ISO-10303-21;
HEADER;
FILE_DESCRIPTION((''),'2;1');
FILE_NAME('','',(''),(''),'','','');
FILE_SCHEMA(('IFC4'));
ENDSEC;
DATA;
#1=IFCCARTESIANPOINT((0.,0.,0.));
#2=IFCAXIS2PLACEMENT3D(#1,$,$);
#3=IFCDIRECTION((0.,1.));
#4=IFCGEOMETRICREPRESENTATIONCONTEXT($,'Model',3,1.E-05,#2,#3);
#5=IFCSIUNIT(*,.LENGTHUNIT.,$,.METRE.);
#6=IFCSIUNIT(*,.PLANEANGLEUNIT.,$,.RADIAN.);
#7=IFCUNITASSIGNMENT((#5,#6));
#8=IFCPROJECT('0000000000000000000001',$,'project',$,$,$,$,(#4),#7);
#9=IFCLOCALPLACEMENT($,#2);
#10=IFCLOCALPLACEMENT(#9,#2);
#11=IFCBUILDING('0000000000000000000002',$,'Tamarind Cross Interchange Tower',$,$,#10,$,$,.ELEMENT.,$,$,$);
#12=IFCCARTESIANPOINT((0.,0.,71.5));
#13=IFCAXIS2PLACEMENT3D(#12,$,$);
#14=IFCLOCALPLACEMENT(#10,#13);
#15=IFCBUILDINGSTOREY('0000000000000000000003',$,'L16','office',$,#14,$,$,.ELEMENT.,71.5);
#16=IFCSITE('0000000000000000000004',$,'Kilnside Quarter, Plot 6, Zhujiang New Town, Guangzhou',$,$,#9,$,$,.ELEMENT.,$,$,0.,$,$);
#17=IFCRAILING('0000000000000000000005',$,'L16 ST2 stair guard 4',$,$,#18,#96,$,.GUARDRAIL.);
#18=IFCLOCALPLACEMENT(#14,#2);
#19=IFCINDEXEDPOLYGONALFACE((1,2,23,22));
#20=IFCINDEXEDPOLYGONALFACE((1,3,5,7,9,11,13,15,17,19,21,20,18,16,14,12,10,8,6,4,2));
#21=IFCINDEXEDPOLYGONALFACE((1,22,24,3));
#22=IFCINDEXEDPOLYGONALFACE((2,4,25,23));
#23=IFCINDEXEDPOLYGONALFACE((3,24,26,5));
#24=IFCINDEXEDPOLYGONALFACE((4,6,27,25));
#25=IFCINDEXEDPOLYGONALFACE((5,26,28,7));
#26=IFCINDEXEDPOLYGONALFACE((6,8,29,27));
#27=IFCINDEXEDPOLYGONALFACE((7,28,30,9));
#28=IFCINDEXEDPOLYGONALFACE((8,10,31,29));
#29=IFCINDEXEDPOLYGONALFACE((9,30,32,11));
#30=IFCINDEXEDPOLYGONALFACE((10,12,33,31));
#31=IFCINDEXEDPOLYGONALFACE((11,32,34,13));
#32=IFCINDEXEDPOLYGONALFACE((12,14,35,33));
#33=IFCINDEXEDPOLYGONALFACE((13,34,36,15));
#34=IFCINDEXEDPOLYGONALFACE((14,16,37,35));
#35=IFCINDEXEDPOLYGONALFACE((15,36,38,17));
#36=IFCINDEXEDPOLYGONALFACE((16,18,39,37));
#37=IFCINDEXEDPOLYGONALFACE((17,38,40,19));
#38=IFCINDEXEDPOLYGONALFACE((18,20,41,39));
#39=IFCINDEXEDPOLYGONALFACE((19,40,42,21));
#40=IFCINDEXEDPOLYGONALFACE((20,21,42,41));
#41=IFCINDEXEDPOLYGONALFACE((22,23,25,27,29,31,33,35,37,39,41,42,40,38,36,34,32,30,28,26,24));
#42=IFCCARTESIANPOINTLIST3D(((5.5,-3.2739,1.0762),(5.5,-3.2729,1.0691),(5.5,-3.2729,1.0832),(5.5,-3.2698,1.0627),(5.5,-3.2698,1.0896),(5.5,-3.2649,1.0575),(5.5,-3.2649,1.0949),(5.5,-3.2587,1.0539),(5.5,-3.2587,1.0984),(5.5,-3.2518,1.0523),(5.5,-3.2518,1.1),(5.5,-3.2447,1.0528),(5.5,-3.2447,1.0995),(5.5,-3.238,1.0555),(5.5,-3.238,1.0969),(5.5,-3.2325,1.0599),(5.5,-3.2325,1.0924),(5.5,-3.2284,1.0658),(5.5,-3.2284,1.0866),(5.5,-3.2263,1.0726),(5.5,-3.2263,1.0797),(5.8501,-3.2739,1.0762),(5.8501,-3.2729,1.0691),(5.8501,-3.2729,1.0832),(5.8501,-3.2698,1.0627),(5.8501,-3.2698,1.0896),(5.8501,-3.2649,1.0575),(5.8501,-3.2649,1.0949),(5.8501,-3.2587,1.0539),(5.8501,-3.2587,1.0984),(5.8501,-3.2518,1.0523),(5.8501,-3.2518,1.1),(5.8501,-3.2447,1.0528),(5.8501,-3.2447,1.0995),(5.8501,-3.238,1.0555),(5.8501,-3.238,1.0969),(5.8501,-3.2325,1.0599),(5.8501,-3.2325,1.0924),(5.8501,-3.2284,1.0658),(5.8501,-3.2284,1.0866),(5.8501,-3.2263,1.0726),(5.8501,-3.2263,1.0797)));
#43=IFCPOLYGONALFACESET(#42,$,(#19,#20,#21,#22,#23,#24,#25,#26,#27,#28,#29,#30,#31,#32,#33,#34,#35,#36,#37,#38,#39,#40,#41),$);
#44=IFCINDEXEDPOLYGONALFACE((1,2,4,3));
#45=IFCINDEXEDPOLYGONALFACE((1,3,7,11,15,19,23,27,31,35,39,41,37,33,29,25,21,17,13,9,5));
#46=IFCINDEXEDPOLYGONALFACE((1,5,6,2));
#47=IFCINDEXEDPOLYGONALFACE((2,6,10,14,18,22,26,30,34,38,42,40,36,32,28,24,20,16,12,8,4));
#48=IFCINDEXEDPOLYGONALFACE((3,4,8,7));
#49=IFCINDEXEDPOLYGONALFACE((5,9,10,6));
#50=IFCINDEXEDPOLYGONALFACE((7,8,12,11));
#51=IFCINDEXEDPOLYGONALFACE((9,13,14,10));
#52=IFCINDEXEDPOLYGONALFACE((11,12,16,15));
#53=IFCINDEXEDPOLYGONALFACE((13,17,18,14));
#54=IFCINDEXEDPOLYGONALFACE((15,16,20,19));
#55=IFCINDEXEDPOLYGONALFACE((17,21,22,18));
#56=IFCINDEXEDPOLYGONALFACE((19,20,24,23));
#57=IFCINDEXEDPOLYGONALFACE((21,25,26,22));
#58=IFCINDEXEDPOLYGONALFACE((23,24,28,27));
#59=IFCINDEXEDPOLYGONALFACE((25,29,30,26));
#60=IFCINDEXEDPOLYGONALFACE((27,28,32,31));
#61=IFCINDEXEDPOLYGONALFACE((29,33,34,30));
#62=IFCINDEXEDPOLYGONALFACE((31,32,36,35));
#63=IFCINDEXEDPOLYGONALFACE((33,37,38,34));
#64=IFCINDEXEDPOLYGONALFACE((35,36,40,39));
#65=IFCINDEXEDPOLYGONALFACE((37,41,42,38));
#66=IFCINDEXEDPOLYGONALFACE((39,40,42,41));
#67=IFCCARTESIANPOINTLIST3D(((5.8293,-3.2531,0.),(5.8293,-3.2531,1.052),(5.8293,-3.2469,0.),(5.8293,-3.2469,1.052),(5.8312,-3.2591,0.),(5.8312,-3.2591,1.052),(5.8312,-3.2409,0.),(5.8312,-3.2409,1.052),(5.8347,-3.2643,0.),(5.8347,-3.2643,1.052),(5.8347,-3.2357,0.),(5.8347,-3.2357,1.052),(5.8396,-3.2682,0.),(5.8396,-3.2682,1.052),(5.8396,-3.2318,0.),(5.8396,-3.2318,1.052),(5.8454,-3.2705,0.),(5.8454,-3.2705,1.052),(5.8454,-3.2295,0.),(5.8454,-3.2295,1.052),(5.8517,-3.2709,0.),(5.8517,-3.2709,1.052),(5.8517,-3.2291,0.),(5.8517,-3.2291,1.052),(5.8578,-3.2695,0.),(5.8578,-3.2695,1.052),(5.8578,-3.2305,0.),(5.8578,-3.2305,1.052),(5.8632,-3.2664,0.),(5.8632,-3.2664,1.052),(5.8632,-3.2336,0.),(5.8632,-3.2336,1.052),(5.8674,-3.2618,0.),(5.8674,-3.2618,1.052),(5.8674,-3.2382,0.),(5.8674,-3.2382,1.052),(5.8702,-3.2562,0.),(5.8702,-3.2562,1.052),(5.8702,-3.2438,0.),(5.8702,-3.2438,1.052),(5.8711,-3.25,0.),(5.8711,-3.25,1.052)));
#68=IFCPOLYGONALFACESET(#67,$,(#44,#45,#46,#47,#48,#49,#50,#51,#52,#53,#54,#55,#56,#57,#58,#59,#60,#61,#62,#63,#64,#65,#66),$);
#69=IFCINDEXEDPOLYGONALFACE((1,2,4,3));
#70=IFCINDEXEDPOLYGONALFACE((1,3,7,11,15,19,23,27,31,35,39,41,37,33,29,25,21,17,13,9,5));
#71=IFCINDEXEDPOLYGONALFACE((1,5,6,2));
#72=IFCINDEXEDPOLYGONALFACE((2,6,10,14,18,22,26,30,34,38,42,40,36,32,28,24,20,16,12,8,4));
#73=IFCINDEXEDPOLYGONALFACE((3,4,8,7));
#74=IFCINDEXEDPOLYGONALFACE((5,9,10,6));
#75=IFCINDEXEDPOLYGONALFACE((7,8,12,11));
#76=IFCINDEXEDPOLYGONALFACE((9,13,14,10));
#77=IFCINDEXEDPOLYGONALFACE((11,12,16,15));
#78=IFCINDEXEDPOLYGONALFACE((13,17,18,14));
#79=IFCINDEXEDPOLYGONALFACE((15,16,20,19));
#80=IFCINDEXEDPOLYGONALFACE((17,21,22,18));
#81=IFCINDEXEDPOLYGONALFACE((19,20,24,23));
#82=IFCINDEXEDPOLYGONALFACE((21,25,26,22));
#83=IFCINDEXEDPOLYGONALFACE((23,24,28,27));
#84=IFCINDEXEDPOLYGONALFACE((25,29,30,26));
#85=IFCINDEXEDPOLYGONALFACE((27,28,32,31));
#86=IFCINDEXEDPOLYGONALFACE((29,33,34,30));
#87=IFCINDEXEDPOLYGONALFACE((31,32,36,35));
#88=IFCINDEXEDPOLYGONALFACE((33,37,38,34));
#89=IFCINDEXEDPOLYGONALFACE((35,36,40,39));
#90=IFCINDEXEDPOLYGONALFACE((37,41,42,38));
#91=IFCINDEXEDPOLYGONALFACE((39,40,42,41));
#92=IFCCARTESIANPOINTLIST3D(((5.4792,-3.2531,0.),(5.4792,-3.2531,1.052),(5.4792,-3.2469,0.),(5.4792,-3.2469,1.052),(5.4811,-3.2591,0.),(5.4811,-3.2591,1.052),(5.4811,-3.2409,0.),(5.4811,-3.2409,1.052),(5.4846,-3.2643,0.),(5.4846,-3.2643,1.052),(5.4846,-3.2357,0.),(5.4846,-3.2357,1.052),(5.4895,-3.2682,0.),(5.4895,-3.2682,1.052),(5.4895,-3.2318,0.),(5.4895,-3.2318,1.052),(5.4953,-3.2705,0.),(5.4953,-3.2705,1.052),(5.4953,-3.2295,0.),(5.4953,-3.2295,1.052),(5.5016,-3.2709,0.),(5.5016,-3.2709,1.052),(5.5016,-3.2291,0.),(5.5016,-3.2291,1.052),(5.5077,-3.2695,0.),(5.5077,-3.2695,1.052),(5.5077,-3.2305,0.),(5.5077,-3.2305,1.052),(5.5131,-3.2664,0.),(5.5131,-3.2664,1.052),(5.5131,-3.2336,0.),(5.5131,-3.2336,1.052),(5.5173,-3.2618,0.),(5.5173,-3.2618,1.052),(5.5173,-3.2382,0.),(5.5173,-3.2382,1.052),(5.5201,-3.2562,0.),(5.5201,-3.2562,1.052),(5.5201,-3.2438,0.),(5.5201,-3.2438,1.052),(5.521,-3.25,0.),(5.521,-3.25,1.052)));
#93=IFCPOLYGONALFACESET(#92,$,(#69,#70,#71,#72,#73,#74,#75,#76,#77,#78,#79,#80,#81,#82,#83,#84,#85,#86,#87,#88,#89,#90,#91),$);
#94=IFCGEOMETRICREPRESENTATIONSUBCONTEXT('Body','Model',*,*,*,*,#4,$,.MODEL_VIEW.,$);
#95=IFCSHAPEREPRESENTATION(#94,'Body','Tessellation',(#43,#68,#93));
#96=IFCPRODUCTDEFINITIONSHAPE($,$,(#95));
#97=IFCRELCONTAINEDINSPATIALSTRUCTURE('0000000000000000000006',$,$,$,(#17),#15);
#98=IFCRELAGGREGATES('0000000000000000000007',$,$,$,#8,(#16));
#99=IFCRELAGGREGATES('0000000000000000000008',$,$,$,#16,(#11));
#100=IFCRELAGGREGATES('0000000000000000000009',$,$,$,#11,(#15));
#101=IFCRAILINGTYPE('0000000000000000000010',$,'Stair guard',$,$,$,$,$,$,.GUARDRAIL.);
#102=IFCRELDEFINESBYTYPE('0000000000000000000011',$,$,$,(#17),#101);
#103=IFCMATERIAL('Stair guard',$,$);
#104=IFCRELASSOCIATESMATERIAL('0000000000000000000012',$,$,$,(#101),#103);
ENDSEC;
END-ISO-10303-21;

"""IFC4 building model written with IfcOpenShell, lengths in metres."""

from ifc_helpers import new_model, si_unit, direction, frame, origin, origin_2d, place, context, subcontext, project, spatial, circle, extrude, material, type_object, element, save


model = new_model("IFC4")

# Units and contexts
model_context = context("Model", 3, precision=1e-05, world=origin(), true_north=direction((0.0, 1.0)))
body_context = subcontext(model_context, "Body", "Model", "MODEL_VIEW")
ifc_project = project(units=[si_unit("LENGTHUNIT", "METRE"), si_unit("PLANEANGLEUNIT", "RADIAN")], contexts=[model_context])

# Site, building, storey
site_placement = place(None, origin())
site = spatial("IfcSite", under=ifc_project, at=site_placement, Name="Kilnside Quarter, Plot 6, Zhujiang New Town, Guangzhou", CompositionType="ELEMENT", RefElevation=0.0)
building_placement = place(site_placement, origin())
building = spatial("IfcBuilding", under=site, at=building_placement, Name="Tamarind Cross Interchange Tower", CompositionType="ELEMENT")
storey_placement = place(building_placement, frame((0.0, 0.0, 71.5)))
storey = spatial("IfcBuildingStorey", under=building, at=storey_placement, Name="L16", Description="office", CompositionType="ELEMENT", Elevation=71.5)

# Railing
ifc_material_1 = material(Name="Stair guard")
railing_type_1 = type_object("IfcRailingType", Name="Stair guard", PredefinedType="GUARDRAIL", material=ifc_material_1)
railing_1_placement = place(storey_placement, frame((5.8501, -3.25, 0.0)))
element("IfcRailing", 1, at=railing_1_placement, inside=storey, type_object=railing_type_1, Name="L16 ST2 stair guard 4", PredefinedType="GUARDRAIL", context=body_context, shape_type="SweptSolid", body=[
    extrude(circle(Radius=0.0239, at=origin_2d()), frame((0.0, 0.0, 1.0762), z_axis=(-1.0, 0.0, 0.0), x_axis=(0.0, -1.0, 0.0)), (0.0, 0.0, 1.0), 0.3501),
    extrude(circle(Radius=0.021, at=origin_2d()), origin(), (0.0, 0.0, 1.0), 1.052),
    extrude(circle(Radius=0.021, at=origin_2d()), frame((-0.3501, 0.0, 0.0)), (0.0, 0.0, 1.0), 1.052),
])

save(model, "model.ifc")
